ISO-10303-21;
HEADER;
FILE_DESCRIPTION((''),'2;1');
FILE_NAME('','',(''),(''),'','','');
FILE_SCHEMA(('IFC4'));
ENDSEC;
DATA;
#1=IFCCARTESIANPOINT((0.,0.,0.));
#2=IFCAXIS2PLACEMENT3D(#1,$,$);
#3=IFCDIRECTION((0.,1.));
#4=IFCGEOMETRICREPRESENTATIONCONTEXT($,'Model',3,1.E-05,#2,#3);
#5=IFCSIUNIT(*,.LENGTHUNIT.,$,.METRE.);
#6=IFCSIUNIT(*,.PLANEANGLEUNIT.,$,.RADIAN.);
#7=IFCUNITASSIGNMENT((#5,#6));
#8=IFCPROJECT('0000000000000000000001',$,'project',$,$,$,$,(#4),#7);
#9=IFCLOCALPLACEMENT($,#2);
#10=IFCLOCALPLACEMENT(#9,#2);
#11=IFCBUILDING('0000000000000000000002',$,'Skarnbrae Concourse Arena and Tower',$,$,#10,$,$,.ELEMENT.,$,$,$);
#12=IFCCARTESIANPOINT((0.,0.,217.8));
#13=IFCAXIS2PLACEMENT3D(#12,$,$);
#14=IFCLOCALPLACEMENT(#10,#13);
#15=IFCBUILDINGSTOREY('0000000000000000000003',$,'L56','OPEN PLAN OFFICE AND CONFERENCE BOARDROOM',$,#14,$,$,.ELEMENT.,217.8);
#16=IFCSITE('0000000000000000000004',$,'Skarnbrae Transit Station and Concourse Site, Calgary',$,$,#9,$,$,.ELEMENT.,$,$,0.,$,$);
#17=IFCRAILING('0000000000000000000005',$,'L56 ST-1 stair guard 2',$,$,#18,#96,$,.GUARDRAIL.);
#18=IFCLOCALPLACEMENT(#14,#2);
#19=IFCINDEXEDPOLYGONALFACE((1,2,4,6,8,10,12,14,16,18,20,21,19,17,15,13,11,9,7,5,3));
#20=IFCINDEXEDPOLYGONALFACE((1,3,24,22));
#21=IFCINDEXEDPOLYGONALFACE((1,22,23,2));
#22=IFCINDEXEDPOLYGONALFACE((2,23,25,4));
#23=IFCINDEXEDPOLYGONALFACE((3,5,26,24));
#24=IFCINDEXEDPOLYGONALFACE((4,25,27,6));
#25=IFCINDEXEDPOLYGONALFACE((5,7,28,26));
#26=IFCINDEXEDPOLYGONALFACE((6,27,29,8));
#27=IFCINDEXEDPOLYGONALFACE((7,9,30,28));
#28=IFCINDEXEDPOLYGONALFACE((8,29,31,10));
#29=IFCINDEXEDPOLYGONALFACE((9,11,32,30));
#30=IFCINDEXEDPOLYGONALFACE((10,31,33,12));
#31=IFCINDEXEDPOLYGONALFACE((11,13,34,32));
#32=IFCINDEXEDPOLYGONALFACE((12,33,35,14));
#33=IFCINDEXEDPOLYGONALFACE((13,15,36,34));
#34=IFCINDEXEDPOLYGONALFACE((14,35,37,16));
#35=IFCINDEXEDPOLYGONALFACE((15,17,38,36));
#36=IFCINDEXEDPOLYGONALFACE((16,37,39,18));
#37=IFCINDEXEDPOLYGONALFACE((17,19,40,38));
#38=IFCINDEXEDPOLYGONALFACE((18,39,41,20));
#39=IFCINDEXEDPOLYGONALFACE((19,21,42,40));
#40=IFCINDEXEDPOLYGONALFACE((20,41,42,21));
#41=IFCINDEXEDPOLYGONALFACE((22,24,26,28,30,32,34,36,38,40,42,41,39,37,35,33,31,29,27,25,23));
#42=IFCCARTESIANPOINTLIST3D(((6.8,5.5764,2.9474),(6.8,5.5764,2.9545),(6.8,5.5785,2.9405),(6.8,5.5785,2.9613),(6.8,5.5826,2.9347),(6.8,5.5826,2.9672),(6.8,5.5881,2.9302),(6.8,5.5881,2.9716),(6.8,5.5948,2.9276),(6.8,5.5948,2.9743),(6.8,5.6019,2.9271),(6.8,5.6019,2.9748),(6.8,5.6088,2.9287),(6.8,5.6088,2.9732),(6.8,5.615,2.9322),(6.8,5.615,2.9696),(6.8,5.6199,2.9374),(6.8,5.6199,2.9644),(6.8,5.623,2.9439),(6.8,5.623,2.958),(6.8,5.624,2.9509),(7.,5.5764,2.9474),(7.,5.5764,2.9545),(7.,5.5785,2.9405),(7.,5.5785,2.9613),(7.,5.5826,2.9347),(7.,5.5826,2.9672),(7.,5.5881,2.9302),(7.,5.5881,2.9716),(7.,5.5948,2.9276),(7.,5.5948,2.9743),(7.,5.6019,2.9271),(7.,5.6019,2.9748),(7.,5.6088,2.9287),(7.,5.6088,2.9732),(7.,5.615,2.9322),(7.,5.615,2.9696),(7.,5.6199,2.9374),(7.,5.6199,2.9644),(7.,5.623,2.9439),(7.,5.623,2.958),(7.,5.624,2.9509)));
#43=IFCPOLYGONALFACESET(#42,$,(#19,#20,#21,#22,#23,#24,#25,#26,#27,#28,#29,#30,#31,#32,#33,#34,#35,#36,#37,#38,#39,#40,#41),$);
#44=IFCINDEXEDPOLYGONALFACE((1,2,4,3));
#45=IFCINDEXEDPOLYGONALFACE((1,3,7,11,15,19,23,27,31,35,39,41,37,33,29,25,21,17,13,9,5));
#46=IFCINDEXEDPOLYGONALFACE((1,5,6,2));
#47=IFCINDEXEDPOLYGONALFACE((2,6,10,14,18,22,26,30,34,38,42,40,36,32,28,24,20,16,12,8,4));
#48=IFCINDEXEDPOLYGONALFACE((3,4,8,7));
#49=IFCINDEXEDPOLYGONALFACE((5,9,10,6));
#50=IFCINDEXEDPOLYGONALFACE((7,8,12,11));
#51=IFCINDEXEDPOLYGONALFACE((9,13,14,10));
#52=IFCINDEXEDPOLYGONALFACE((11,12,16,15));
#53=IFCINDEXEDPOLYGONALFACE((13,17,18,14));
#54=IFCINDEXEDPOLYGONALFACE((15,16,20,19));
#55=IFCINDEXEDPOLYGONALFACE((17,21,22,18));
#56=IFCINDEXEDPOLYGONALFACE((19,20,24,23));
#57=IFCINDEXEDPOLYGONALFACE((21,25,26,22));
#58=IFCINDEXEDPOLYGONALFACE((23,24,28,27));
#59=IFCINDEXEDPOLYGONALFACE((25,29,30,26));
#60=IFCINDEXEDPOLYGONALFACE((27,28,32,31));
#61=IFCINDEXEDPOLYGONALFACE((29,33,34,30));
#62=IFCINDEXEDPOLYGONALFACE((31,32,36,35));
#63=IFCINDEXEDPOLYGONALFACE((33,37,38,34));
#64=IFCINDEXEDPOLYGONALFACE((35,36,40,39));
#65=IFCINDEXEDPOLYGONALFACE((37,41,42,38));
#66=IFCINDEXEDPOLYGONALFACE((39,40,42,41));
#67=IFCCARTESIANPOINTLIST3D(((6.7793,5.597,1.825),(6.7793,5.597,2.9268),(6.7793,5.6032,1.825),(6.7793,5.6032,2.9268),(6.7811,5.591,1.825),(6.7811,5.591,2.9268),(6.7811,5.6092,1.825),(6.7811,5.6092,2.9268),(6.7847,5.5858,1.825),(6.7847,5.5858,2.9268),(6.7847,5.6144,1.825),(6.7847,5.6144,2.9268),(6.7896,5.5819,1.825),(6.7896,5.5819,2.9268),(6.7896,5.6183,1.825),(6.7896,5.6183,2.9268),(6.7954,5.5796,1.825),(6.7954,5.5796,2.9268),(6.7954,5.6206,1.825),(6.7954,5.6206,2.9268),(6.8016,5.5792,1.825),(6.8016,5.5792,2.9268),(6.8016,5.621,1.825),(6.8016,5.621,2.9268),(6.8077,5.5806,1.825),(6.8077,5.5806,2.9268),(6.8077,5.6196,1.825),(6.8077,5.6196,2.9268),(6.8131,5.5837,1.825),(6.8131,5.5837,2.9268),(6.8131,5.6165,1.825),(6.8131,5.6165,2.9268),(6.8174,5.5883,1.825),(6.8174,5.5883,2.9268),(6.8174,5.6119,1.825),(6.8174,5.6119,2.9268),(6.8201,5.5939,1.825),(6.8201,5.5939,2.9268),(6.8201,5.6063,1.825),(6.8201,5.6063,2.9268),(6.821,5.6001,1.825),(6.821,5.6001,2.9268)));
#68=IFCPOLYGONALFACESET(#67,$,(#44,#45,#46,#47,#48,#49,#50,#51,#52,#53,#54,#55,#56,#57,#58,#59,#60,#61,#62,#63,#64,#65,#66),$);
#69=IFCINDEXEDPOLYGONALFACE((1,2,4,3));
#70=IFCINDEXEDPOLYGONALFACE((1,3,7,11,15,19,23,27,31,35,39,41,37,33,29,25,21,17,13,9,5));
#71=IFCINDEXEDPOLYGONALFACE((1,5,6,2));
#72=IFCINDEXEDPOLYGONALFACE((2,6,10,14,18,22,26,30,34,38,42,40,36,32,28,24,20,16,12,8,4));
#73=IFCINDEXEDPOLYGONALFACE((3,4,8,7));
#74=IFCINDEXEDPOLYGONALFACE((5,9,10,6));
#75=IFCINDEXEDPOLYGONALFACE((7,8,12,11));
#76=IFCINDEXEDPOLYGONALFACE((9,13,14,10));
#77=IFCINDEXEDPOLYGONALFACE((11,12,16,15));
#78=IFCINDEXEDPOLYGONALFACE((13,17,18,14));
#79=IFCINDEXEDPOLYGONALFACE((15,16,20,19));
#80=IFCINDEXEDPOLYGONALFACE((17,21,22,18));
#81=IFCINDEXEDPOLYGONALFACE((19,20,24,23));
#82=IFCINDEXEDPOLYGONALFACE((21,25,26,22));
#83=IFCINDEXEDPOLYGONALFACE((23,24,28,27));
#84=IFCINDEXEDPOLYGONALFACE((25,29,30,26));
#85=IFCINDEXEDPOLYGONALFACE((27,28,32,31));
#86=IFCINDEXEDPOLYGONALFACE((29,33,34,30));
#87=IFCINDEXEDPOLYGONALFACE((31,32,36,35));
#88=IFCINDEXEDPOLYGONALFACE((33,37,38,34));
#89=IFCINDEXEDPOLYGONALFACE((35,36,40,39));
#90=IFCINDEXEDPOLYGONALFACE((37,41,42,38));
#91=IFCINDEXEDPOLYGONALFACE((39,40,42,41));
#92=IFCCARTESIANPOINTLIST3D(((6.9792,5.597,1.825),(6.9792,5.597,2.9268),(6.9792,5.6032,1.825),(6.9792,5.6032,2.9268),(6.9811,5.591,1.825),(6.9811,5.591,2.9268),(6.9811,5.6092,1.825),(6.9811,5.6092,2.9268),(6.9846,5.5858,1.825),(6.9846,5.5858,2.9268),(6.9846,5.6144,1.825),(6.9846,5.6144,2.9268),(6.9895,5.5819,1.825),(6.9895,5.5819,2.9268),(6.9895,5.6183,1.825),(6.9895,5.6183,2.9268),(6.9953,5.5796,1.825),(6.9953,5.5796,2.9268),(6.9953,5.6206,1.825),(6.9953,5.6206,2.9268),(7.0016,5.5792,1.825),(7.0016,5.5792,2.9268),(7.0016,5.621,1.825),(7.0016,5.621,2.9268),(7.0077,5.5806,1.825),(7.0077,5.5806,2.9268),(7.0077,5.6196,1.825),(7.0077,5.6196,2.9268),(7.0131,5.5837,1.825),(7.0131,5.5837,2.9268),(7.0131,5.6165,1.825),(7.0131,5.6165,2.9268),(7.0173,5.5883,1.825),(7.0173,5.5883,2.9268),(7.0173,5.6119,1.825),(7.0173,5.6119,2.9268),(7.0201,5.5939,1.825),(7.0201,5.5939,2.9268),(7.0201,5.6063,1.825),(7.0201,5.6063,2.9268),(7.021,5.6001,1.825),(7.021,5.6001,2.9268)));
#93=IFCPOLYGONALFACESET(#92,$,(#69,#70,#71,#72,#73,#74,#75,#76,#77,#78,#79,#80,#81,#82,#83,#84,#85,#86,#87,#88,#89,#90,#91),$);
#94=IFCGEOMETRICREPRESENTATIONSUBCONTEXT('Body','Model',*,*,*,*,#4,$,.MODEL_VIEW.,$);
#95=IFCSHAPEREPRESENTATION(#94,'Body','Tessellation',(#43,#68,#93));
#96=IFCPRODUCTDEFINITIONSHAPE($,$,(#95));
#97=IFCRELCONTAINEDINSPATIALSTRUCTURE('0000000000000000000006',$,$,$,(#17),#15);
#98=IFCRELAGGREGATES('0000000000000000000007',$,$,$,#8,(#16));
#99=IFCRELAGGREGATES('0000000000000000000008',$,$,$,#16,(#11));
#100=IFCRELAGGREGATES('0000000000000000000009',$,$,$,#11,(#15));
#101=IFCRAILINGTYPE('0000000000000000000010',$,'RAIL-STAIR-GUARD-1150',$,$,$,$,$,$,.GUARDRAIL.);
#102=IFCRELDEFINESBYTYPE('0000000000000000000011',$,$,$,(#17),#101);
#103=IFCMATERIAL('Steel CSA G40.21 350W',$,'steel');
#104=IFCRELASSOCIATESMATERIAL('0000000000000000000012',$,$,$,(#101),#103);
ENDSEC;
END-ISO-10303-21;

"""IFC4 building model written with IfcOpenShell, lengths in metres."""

from ifc_helpers import new_model, si_unit, direction, frame, origin, origin_2d, place, context, subcontext, project, spatial, circle, extrude, material, type_object, element, save


model = new_model("IFC4")

# Units and contexts
model_context = context("Model", 3, precision=1e-05, world=origin(), true_north=direction((0.0, 1.0)))
body_context = subcontext(model_context, "Body", "Model", "MODEL_VIEW")
ifc_project = project(units=[si_unit("LENGTHUNIT", "METRE"), si_unit("PLANEANGLEUNIT", "RADIAN")], contexts=[model_context])

# Site, building, storey
site_placement = place(None, origin())
site = spatial("IfcSite", under=ifc_project, at=site_placement, Name="Skarnbrae Transit Station and Concourse Site, Calgary", CompositionType="ELEMENT", RefElevation=0.0)
building_placement = place(site_placement, origin())
building = spatial("IfcBuilding", under=site, at=building_placement, Name="Skarnbrae Concourse Arena and Tower", CompositionType="ELEMENT")
storey_placement = place(building_placement, frame((0.0, 0.0, 217.8)))
storey = spatial("IfcBuildingStorey", under=building, at=storey_placement, Name="L56", Description="OPEN PLAN OFFICE AND CONFERENCE BOARDROOM", CompositionType="ELEMENT", Elevation=217.8)

# Shared definitions
ifc_material_1 = material(Name="Steel CSA G40.21 350W", Category="steel")

# Railing
railing_type_1 = type_object("IfcRailingType", Name="RAIL-STAIR-GUARD-1150", PredefinedType="GUARDRAIL", material=ifc_material_1)
railing_1_placement = place(storey_placement, frame((6.8, 5.6001, 1.825)))
element("IfcRailing", 1, at=railing_1_placement, inside=storey, type_object=railing_type_1, Name="L56 ST-1 stair guard 2", PredefinedType="GUARDRAIL", context=body_context, shape_type="SweptSolid", body=[
    extrude(circle(Radius=0.0239, at=origin_2d()), frame((0.0, 0.0, 1.126), z_axis=(1.0, 0.0, 0.0), x_axis=(0.0, 1.0, 0.0)), (0.0, 0.0, 1.0), 0.2),
    extrude(circle(Radius=0.021, at=origin_2d()), origin(), (0.0, 0.0, 1.0), 1.1018),
    extrude(circle(Radius=0.021, at=origin_2d()), frame((0.2, 0.0, 0.0)), (0.0, 0.0, 1.0), 1.1018),
])

save(model, "model.ifc")
